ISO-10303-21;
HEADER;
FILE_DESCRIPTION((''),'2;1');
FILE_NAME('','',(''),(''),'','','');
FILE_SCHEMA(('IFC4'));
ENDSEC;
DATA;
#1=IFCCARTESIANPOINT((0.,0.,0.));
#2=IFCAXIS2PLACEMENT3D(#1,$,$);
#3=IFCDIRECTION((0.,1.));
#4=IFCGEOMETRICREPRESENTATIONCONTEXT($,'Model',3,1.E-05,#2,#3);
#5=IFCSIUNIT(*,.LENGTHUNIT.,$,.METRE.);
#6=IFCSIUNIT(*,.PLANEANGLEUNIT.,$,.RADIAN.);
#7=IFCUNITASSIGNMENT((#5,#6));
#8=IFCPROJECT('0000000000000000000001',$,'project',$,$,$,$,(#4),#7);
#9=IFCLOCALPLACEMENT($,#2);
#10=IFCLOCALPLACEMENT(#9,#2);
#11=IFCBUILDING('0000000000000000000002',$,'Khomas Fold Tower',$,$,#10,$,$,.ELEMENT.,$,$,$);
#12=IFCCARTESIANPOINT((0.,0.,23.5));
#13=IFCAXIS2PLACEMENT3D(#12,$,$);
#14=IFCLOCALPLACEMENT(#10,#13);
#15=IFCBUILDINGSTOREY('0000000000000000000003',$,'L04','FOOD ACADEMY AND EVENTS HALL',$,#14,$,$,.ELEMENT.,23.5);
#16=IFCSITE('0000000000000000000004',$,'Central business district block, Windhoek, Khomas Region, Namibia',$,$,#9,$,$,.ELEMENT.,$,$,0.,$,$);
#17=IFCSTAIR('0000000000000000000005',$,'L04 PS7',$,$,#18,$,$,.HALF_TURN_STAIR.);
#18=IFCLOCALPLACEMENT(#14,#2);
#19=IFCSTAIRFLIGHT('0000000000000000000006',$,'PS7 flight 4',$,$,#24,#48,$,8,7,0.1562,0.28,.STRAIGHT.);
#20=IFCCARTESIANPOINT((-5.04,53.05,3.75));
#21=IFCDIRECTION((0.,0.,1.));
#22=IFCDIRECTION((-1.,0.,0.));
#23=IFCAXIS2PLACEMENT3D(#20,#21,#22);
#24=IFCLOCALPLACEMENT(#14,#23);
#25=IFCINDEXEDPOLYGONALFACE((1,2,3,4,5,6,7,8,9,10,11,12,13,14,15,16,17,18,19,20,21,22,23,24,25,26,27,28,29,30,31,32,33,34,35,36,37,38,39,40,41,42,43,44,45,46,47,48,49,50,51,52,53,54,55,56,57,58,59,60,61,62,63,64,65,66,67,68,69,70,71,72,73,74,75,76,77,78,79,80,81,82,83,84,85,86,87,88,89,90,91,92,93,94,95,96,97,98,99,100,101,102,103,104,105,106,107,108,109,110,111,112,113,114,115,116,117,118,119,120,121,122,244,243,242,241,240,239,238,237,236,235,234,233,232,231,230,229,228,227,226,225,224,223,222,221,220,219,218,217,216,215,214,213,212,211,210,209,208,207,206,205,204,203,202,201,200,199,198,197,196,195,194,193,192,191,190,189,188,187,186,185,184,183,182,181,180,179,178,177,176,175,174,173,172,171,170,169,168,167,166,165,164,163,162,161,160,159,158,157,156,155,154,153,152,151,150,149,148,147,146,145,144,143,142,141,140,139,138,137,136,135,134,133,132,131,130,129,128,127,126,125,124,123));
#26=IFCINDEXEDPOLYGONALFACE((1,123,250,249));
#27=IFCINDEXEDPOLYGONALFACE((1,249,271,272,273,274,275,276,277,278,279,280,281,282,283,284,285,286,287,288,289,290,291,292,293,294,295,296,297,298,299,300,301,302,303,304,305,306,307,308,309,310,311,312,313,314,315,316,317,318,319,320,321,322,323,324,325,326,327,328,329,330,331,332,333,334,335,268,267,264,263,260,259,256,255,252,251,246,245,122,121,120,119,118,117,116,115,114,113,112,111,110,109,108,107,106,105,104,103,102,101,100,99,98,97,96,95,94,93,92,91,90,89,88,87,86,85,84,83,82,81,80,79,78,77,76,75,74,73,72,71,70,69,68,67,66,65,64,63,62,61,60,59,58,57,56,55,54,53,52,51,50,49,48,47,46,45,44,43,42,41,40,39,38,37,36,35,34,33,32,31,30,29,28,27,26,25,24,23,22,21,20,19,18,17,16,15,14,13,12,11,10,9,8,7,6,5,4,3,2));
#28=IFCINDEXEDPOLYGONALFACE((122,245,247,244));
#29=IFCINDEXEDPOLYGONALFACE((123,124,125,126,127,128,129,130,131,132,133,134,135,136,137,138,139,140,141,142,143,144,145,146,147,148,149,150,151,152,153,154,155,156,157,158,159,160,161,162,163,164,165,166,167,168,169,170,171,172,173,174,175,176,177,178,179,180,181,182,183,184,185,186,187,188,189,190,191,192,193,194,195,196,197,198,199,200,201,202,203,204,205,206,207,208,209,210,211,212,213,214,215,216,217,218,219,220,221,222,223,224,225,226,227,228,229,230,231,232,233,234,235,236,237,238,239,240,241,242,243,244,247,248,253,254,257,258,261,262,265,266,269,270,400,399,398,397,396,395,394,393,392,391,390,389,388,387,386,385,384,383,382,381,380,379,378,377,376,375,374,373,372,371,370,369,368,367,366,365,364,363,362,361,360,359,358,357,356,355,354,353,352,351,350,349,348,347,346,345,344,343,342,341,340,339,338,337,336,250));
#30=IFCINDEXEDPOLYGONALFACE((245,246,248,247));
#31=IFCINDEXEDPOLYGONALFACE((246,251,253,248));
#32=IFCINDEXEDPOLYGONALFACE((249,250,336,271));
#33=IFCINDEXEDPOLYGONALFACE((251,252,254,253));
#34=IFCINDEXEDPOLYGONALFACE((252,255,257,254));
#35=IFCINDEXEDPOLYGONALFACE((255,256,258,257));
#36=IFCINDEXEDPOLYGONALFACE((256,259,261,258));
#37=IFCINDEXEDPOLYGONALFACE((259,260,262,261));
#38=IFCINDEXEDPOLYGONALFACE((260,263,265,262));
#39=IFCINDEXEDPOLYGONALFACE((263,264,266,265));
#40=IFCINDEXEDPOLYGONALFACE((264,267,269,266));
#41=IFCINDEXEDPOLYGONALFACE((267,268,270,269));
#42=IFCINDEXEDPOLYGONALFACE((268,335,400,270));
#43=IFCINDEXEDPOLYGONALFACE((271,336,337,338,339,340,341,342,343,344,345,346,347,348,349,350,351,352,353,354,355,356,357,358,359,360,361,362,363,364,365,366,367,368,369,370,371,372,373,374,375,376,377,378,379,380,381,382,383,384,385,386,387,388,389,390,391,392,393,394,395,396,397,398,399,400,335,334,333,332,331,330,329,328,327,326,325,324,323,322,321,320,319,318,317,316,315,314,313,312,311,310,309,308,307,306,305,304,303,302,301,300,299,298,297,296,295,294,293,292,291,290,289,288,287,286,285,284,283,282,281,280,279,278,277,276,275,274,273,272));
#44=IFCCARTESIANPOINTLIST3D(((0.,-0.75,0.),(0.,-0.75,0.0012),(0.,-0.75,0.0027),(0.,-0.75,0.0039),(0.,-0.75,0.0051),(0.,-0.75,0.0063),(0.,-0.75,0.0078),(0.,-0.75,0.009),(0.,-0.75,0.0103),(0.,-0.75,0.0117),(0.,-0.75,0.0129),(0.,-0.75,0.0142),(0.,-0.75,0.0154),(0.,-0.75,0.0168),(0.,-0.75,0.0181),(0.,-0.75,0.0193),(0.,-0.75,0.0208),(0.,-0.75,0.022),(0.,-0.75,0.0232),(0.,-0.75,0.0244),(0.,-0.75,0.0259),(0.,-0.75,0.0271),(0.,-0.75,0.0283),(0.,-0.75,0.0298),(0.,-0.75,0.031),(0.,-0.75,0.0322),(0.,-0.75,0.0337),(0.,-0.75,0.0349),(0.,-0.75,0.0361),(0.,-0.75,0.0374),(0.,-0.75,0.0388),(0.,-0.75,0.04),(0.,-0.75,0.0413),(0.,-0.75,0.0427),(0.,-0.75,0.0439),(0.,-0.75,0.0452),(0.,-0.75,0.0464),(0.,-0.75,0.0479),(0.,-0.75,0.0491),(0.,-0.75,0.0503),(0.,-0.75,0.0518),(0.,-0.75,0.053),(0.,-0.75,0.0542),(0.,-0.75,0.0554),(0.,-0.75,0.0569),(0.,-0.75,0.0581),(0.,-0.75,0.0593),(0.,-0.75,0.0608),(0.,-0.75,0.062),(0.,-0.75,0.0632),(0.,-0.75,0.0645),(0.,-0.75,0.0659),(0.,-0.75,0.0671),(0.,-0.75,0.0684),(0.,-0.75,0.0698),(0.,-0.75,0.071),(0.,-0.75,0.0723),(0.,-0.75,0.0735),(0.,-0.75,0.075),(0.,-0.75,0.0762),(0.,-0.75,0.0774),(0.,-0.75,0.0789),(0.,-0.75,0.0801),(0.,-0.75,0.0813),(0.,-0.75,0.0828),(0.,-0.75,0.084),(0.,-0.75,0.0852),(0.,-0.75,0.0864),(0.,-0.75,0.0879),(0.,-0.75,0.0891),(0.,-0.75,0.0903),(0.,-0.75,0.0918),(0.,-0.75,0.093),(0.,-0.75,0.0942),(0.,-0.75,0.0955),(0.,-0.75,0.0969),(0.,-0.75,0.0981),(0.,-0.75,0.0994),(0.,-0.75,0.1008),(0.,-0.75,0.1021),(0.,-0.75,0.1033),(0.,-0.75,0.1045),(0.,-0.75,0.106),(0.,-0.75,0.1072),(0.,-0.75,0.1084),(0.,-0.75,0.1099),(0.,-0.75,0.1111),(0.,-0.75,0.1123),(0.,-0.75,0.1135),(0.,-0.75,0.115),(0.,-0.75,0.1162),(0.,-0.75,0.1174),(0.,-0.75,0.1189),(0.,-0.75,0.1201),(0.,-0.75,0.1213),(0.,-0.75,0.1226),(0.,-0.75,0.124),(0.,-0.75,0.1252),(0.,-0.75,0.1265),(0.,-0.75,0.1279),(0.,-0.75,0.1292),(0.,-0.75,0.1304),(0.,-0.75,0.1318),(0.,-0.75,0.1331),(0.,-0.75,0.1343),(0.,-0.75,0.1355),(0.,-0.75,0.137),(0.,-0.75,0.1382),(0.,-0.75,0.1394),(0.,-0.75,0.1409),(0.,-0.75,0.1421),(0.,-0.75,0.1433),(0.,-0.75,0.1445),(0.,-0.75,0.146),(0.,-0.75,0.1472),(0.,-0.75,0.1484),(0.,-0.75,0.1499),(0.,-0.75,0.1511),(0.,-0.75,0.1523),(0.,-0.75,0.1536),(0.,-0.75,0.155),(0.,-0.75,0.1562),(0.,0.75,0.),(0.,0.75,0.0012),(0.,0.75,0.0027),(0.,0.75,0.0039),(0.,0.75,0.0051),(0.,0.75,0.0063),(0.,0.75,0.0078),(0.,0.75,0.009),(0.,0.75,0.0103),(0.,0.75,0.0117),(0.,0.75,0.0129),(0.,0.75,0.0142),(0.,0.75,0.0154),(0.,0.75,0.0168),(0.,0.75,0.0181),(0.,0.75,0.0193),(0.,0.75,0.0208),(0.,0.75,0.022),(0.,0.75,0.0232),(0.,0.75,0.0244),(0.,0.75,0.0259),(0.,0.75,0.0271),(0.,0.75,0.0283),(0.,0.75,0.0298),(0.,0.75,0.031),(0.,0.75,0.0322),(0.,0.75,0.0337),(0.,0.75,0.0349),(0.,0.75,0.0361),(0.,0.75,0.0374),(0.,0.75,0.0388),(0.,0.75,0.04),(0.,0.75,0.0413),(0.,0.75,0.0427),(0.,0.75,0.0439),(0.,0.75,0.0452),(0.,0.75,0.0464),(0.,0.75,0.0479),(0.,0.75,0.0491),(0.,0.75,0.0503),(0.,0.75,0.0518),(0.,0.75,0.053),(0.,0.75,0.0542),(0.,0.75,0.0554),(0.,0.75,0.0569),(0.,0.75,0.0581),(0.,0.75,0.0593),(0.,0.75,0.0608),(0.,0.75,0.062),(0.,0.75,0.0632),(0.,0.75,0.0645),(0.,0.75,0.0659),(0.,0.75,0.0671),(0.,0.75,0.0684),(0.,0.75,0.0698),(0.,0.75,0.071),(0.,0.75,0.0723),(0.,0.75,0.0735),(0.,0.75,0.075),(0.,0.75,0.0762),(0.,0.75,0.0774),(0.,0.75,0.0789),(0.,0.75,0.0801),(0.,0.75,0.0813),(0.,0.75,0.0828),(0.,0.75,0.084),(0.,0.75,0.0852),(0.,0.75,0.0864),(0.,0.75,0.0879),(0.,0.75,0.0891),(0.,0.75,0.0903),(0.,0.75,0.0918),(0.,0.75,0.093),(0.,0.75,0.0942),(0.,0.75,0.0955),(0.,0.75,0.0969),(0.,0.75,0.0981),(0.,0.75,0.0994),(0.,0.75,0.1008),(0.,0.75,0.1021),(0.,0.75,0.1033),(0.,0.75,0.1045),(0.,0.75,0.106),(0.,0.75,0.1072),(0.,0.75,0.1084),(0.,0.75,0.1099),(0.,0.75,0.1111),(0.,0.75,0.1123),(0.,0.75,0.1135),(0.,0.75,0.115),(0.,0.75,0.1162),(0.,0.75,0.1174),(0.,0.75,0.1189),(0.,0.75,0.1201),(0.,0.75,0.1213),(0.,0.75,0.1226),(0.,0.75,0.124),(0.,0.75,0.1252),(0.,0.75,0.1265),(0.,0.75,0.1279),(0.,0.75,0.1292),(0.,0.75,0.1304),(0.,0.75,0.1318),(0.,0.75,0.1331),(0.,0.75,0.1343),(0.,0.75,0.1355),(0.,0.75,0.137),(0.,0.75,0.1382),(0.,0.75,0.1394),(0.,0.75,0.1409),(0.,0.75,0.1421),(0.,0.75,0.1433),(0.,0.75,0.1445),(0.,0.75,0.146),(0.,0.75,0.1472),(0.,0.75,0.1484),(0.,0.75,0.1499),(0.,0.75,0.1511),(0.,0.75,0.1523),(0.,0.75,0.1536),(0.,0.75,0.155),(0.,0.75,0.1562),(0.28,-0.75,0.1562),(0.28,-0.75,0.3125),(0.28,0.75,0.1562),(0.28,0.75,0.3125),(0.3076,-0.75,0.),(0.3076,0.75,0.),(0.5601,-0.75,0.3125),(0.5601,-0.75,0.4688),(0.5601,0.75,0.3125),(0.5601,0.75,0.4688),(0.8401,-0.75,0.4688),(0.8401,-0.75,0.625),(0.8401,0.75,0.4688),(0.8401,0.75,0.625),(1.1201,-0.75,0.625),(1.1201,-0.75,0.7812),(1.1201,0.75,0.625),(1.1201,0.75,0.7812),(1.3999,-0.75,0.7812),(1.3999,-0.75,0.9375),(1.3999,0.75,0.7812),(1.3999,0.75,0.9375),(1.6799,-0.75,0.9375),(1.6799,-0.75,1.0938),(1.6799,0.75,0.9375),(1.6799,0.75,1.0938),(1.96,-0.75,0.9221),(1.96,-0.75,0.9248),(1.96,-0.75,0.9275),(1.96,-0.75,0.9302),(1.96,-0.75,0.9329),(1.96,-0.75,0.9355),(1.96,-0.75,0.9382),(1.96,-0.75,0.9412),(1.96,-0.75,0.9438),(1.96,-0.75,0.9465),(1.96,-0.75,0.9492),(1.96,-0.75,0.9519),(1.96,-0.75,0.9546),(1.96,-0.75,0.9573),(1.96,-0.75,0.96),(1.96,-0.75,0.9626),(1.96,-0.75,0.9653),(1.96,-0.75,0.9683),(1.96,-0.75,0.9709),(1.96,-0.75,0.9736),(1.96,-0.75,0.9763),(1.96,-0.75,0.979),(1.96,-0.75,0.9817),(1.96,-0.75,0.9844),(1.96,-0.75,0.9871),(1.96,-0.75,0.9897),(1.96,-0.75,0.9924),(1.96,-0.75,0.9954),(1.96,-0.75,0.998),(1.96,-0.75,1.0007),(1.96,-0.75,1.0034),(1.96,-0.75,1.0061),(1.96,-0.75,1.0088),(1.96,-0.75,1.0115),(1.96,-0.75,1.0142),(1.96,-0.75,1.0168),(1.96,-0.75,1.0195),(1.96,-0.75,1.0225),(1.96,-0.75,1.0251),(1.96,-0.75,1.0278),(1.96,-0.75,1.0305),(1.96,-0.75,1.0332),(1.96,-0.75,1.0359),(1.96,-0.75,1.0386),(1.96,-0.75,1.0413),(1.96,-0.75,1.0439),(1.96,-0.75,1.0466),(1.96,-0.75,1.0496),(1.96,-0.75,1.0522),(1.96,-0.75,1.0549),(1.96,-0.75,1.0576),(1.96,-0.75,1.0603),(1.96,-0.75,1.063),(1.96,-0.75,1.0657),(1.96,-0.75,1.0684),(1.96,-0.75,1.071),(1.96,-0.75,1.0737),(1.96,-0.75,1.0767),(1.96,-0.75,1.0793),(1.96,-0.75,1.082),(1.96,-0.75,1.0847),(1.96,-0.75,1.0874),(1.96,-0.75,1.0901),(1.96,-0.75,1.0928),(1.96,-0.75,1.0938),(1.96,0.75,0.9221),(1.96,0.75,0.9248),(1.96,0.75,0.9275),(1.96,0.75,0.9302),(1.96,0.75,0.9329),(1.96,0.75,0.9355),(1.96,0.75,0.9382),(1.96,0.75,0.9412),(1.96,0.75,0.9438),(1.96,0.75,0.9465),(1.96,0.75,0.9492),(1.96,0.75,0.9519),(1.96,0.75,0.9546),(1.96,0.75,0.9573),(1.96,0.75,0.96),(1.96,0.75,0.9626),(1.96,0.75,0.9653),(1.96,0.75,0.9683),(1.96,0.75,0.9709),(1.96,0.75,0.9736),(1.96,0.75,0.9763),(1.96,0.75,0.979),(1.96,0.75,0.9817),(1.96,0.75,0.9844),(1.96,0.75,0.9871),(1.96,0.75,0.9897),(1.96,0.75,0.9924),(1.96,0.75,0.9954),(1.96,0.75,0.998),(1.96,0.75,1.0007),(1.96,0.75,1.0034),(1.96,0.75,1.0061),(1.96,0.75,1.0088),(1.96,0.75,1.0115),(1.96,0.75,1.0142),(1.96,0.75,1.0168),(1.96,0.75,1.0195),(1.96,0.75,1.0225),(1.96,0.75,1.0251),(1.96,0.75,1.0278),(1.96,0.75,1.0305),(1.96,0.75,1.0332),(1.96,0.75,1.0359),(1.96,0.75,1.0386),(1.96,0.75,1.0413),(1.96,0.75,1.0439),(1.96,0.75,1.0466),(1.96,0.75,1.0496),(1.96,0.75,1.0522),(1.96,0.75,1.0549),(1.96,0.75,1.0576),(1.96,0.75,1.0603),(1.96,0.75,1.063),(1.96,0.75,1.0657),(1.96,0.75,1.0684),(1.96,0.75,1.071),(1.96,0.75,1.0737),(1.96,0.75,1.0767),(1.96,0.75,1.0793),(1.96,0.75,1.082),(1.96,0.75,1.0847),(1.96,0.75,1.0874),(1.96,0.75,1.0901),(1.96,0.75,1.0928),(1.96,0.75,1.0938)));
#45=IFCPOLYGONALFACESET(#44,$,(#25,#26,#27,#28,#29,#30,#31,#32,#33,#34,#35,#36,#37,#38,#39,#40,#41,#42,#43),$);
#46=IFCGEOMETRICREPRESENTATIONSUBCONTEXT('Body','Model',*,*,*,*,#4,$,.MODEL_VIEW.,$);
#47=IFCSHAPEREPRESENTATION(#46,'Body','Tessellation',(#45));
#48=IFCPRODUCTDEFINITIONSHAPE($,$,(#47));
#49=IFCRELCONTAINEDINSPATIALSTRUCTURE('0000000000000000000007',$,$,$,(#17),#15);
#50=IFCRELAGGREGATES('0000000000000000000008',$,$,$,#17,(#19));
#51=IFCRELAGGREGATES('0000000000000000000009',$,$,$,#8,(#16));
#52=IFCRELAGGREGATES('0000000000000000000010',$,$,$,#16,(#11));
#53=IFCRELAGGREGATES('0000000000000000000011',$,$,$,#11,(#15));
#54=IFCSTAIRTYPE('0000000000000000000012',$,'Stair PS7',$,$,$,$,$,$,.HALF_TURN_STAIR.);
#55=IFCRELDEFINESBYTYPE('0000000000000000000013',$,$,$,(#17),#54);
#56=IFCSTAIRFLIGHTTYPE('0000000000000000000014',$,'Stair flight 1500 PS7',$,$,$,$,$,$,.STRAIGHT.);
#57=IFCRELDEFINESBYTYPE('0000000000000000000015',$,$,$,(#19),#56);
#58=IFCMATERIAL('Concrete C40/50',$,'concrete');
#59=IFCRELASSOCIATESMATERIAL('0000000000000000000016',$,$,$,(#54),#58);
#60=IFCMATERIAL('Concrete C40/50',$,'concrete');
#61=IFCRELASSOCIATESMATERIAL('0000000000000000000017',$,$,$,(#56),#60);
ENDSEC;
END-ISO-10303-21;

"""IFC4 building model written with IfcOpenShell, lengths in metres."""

from ifc_helpers import new_model, si_unit, direction, frame, origin, place, context, subcontext, project, spatial, polyline, outline, extrude, source, transform, mapped, material, type_object, element, aggregate, save


model = new_model("IFC4")

# Units and contexts
model_context = context("Model", 3, precision=1e-05, world=origin(), true_north=direction((0.0, 1.0)))
body_context = subcontext(model_context, "Body", "Model", "MODEL_VIEW")
ifc_project = project(units=[si_unit("LENGTHUNIT", "METRE"), si_unit("PLANEANGLEUNIT", "RADIAN")], contexts=[model_context])

# Site, building, storey
site_placement = place(None, origin())
site = spatial("IfcSite", under=ifc_project, at=site_placement, Name="Central business district block, Windhoek, Khomas Region, Namibia", CompositionType="ELEMENT", RefElevation=0.0)
building_placement = place(site_placement, origin())
building = spatial("IfcBuilding", under=site, at=building_placement, Name="Khomas Fold Tower", CompositionType="ELEMENT")
storey_placement = place(building_placement, frame((0.0, 0.0, 23.5)))
storey = spatial("IfcBuildingStorey", under=building, at=storey_placement, Name="L04", Description="FOOD ACADEMY AND EVENTS HALL", CompositionType="ELEMENT", Elevation=23.5)

# Stair, stair flight
ifc_material_1 = material(Name="Concrete C40/50", Category="concrete")
stair_type = type_object("IfcStairType", Name="Stair PS7", PredefinedType="HALF_TURN_STAIR", material=ifc_material_1)
stair_placement = place(storey_placement, origin())
stair = element("IfcStair", 1, at=stair_placement, inside=storey, type_object=stair_type, Name="L04 PS7", PredefinedType="HALF_TURN_STAIR")
ifc_material_2 = material(Name="Concrete C40/50", Category="concrete")
stair_flight_type = type_object("IfcStairFlightType", Name="Stair flight 1500 PS7", PredefinedType="STRAIGHT", material=ifc_material_2)
shared_shape_1 = source(origin(), body_context, "Body", "SweptSolid", [
    extrude(outline(polyline([(0.0, 0.0), (0.0, 0.0012), (0.0, 0.0027), (0.0, 0.0039), (0.0, 0.0051), (0.0, 0.0063), (0.0, 0.0078), (0.0, 0.009), (0.0, 0.0103), (0.0, 0.0117), (0.0, 0.0129), (0.0, 0.0142), (0.0, 0.0154), (0.0, 0.0168), (0.0, 0.0181), (0.0, 0.0193), (0.0, 0.0208), (0.0, 0.022), (0.0, 0.0232), (0.0, 0.0244), (0.0, 0.0259), (0.0, 0.0271), (0.0, 0.0283), (0.0, 0.0298), (0.0, 0.031), (0.0, 0.0322), (0.0, 0.0337), (0.0, 0.0349), (0.0, 0.0361), (0.0, 0.0374), (0.0, 0.0388), (0.0, 0.04), (0.0, 0.0413), (0.0, 0.0427), (0.0, 0.0439), (0.0, 0.0452), (0.0, 0.0464), (0.0, 0.0479), (0.0, 0.0491), (0.0, 0.0503), (0.0, 0.0518), (0.0, 0.053), (0.0, 0.0542), (0.0, 0.0554), (0.0, 0.0569), (0.0, 0.0581), (0.0, 0.0593), (0.0, 0.0608), (0.0, 0.062), (0.0, 0.0632), (0.0, 0.0645), (0.0, 0.0659), (0.0, 0.0671), (0.0, 0.0684), (0.0, 0.0698), (0.0, 0.071), (0.0, 0.0723), (0.0, 0.0735), (0.0, 0.075), (0.0, 0.0762), (0.0, 0.0774), (0.0, 0.0789), (0.0, 0.0801), (0.0, 0.0813), (0.0, 0.0828), (0.0, 0.084), (0.0, 0.0852), (0.0, 0.0864), (0.0, 0.0879), (0.0, 0.0891), (0.0, 0.0903), (0.0, 0.0918), (0.0, 0.093), (0.0, 0.0942), (0.0, 0.0955), (0.0, 0.0969), (0.0, 0.0981), (0.0, 0.0994), (0.0, 0.1008), (0.0, 0.1021), (0.0, 0.1033), (0.0, 0.1045), (0.0, 0.106), (0.0, 0.1072), (0.0, 0.1084), (0.0, 0.1099), (0.0, 0.1111), (0.0, 0.1123), (0.0, 0.1135), (0.0, 0.115), (0.0, 0.1162), (0.0, 0.1174), (0.0, 0.1189), (0.0, 0.1201), (0.0, 0.1213), (0.0, 0.1226), (0.0, 0.124), (0.0, 0.1252), (0.0, 0.1265), (0.0, 0.1279), (0.0, 0.1292), (0.0, 0.1304), (0.0, 0.1318), (0.0, 0.1331), (0.0, 0.1343), (0.0, 0.1355), (0.0, 0.137), (0.0, 0.1382), (0.0, 0.1394), (0.0, 0.1409), (0.0, 0.1421), (0.0, 0.1433), (0.0, 0.1445), (0.0, 0.146), (0.0, 0.1472), (0.0, 0.1484), (0.0, 0.1499), (0.0, 0.1511), (0.0, 0.1523), (0.0, 0.1536), (0.0, 0.155), (0.0, 0.1562), (0.28, 0.1562), (0.28, 0.3125), (0.5601, 0.3125), (0.5601, 0.4688), (0.8401, 0.4688), (0.8401, 0.625), (1.1201, 0.625), (1.1201, 0.7812), (1.3999, 0.7812), (1.3999, 0.9375), (1.6799, 0.9375), (1.6799, 1.0938), (1.96, 1.0938), (1.96, 1.25), (1.96, 1.2473), (1.96, 1.2446), (1.96, 1.2419), (1.96, 1.2393), (1.96, 1.2363), (1.96, 1.2336), (1.96, 1.231), (1.96, 1.2283), (1.96, 1.2256), (1.96, 1.2229), (1.96, 1.2202), (1.96, 1.2175), (1.96, 1.2148), (1.96, 1.2122), (1.96, 1.2092), (1.96, 1.2065), (1.96, 1.2039), (1.96, 1.2012), (1.96, 1.1985), (1.96, 1.1958), (1.96, 1.1931), (1.96, 1.1904), (1.96, 1.1877), (1.96, 1.1851), (1.96, 1.1821), (1.96, 1.1794), (1.96, 1.1768), (1.96, 1.1741), (1.96, 1.1714), (1.96, 1.1687), (1.96, 1.166), (1.96, 1.1633), (1.96, 1.1606), (1.96, 1.158), (1.96, 1.155), (1.96, 1.1523), (1.96, 1.1497), (1.96, 1.147), (1.96, 1.1443), (1.96, 1.1416), (1.96, 1.1389), (1.96, 1.1362), (1.96, 1.1335), (1.96, 1.1309), (1.96, 1.1279), (1.96, 1.1252), (1.96, 1.1226), (1.96, 1.1199), (1.96, 1.1172), (1.96, 1.1145), (1.96, 1.1118), (1.96, 1.1091), (1.96, 1.1064), (1.96, 1.1038), (1.96, 1.1008), (1.96, 1.0981), (1.96, 1.0955), (1.96, 1.0928), (1.96, 1.0901), (1.96, 1.0874), (1.96, 1.0847), (1.96, 1.082), (1.96, 1.0793), (1.96, 1.0767), (1.96, 1.0737), (1.96, 1.071), (1.96, 1.0684), (1.96, 1.0657), (1.96, 1.063), (1.96, 1.0603), (1.96, 1.0576), (1.96, 1.0549), (1.96, 1.0522), (1.96, 1.0496), (1.96, 1.0466), (1.96, 1.0439), (1.96, 1.0413), (1.96, 1.0386), (1.96, 1.0359), (1.96, 1.0332), (1.96, 1.0305), (1.96, 1.0278), (1.96, 1.0251), (1.96, 1.0225), (1.96, 1.0195), (1.96, 1.0168), (1.96, 1.0142), (1.96, 1.0115), (1.96, 1.0088), (1.96, 1.0061), (1.96, 1.0034), (1.96, 1.0007), (1.96, 0.998), (1.96, 0.9954), (1.96, 0.9924), (1.96, 0.9897), (1.96, 0.9871), (1.96, 0.9844), (1.96, 0.9817), (1.96, 0.979), (1.96, 0.9763), (1.96, 0.9736), (1.96, 0.9709), (1.96, 0.9683), (1.96, 0.9653), (1.96, 0.9626), (1.96, 0.96), (1.96, 0.9573), (1.96, 0.9546), (1.96, 0.9519), (1.96, 0.9492), (1.96, 0.9465), (1.96, 0.9438), (1.96, 0.9412), (1.96, 0.9382), (1.96, 0.9355), (1.96, 0.9329), (1.96, 0.9302), (1.96, 0.9275), (1.96, 0.9248), (1.96, 0.9221), (0.3076, 0.0), (0.0, 0.0)])), frame((0.0, 0.75, 0.0), z_axis=(0.0, -1.0, 0.0), x_axis=(1.0, 0.0, 0.0)), (0.0, 0.0, 1.0), 1.5),
])
stair_flight_1_placement = place(storey_placement, frame((-5.04, 53.05, 3.75), z_axis=(0.0, 0.0, 1.0), x_axis=(-1.0, 0.0, 0.0)))
stair_flight_1 = element("IfcStairFlight", 2, at=stair_flight_1_placement, type_object=stair_flight_type, Name="PS7 flight 4", NumberOfRisers=8, NumberOfTreads=7, PredefinedType="STRAIGHT", RiserHeight=0.1562, TreadLength=0.28, context=body_context, shape_type="MappedRepresentation", body=[
    mapped(shared_shape_1, transform((0.0, 0.0, 0.0))),
])
aggregate(stair, [stair_flight_1])

save(model, "model.ifc")
